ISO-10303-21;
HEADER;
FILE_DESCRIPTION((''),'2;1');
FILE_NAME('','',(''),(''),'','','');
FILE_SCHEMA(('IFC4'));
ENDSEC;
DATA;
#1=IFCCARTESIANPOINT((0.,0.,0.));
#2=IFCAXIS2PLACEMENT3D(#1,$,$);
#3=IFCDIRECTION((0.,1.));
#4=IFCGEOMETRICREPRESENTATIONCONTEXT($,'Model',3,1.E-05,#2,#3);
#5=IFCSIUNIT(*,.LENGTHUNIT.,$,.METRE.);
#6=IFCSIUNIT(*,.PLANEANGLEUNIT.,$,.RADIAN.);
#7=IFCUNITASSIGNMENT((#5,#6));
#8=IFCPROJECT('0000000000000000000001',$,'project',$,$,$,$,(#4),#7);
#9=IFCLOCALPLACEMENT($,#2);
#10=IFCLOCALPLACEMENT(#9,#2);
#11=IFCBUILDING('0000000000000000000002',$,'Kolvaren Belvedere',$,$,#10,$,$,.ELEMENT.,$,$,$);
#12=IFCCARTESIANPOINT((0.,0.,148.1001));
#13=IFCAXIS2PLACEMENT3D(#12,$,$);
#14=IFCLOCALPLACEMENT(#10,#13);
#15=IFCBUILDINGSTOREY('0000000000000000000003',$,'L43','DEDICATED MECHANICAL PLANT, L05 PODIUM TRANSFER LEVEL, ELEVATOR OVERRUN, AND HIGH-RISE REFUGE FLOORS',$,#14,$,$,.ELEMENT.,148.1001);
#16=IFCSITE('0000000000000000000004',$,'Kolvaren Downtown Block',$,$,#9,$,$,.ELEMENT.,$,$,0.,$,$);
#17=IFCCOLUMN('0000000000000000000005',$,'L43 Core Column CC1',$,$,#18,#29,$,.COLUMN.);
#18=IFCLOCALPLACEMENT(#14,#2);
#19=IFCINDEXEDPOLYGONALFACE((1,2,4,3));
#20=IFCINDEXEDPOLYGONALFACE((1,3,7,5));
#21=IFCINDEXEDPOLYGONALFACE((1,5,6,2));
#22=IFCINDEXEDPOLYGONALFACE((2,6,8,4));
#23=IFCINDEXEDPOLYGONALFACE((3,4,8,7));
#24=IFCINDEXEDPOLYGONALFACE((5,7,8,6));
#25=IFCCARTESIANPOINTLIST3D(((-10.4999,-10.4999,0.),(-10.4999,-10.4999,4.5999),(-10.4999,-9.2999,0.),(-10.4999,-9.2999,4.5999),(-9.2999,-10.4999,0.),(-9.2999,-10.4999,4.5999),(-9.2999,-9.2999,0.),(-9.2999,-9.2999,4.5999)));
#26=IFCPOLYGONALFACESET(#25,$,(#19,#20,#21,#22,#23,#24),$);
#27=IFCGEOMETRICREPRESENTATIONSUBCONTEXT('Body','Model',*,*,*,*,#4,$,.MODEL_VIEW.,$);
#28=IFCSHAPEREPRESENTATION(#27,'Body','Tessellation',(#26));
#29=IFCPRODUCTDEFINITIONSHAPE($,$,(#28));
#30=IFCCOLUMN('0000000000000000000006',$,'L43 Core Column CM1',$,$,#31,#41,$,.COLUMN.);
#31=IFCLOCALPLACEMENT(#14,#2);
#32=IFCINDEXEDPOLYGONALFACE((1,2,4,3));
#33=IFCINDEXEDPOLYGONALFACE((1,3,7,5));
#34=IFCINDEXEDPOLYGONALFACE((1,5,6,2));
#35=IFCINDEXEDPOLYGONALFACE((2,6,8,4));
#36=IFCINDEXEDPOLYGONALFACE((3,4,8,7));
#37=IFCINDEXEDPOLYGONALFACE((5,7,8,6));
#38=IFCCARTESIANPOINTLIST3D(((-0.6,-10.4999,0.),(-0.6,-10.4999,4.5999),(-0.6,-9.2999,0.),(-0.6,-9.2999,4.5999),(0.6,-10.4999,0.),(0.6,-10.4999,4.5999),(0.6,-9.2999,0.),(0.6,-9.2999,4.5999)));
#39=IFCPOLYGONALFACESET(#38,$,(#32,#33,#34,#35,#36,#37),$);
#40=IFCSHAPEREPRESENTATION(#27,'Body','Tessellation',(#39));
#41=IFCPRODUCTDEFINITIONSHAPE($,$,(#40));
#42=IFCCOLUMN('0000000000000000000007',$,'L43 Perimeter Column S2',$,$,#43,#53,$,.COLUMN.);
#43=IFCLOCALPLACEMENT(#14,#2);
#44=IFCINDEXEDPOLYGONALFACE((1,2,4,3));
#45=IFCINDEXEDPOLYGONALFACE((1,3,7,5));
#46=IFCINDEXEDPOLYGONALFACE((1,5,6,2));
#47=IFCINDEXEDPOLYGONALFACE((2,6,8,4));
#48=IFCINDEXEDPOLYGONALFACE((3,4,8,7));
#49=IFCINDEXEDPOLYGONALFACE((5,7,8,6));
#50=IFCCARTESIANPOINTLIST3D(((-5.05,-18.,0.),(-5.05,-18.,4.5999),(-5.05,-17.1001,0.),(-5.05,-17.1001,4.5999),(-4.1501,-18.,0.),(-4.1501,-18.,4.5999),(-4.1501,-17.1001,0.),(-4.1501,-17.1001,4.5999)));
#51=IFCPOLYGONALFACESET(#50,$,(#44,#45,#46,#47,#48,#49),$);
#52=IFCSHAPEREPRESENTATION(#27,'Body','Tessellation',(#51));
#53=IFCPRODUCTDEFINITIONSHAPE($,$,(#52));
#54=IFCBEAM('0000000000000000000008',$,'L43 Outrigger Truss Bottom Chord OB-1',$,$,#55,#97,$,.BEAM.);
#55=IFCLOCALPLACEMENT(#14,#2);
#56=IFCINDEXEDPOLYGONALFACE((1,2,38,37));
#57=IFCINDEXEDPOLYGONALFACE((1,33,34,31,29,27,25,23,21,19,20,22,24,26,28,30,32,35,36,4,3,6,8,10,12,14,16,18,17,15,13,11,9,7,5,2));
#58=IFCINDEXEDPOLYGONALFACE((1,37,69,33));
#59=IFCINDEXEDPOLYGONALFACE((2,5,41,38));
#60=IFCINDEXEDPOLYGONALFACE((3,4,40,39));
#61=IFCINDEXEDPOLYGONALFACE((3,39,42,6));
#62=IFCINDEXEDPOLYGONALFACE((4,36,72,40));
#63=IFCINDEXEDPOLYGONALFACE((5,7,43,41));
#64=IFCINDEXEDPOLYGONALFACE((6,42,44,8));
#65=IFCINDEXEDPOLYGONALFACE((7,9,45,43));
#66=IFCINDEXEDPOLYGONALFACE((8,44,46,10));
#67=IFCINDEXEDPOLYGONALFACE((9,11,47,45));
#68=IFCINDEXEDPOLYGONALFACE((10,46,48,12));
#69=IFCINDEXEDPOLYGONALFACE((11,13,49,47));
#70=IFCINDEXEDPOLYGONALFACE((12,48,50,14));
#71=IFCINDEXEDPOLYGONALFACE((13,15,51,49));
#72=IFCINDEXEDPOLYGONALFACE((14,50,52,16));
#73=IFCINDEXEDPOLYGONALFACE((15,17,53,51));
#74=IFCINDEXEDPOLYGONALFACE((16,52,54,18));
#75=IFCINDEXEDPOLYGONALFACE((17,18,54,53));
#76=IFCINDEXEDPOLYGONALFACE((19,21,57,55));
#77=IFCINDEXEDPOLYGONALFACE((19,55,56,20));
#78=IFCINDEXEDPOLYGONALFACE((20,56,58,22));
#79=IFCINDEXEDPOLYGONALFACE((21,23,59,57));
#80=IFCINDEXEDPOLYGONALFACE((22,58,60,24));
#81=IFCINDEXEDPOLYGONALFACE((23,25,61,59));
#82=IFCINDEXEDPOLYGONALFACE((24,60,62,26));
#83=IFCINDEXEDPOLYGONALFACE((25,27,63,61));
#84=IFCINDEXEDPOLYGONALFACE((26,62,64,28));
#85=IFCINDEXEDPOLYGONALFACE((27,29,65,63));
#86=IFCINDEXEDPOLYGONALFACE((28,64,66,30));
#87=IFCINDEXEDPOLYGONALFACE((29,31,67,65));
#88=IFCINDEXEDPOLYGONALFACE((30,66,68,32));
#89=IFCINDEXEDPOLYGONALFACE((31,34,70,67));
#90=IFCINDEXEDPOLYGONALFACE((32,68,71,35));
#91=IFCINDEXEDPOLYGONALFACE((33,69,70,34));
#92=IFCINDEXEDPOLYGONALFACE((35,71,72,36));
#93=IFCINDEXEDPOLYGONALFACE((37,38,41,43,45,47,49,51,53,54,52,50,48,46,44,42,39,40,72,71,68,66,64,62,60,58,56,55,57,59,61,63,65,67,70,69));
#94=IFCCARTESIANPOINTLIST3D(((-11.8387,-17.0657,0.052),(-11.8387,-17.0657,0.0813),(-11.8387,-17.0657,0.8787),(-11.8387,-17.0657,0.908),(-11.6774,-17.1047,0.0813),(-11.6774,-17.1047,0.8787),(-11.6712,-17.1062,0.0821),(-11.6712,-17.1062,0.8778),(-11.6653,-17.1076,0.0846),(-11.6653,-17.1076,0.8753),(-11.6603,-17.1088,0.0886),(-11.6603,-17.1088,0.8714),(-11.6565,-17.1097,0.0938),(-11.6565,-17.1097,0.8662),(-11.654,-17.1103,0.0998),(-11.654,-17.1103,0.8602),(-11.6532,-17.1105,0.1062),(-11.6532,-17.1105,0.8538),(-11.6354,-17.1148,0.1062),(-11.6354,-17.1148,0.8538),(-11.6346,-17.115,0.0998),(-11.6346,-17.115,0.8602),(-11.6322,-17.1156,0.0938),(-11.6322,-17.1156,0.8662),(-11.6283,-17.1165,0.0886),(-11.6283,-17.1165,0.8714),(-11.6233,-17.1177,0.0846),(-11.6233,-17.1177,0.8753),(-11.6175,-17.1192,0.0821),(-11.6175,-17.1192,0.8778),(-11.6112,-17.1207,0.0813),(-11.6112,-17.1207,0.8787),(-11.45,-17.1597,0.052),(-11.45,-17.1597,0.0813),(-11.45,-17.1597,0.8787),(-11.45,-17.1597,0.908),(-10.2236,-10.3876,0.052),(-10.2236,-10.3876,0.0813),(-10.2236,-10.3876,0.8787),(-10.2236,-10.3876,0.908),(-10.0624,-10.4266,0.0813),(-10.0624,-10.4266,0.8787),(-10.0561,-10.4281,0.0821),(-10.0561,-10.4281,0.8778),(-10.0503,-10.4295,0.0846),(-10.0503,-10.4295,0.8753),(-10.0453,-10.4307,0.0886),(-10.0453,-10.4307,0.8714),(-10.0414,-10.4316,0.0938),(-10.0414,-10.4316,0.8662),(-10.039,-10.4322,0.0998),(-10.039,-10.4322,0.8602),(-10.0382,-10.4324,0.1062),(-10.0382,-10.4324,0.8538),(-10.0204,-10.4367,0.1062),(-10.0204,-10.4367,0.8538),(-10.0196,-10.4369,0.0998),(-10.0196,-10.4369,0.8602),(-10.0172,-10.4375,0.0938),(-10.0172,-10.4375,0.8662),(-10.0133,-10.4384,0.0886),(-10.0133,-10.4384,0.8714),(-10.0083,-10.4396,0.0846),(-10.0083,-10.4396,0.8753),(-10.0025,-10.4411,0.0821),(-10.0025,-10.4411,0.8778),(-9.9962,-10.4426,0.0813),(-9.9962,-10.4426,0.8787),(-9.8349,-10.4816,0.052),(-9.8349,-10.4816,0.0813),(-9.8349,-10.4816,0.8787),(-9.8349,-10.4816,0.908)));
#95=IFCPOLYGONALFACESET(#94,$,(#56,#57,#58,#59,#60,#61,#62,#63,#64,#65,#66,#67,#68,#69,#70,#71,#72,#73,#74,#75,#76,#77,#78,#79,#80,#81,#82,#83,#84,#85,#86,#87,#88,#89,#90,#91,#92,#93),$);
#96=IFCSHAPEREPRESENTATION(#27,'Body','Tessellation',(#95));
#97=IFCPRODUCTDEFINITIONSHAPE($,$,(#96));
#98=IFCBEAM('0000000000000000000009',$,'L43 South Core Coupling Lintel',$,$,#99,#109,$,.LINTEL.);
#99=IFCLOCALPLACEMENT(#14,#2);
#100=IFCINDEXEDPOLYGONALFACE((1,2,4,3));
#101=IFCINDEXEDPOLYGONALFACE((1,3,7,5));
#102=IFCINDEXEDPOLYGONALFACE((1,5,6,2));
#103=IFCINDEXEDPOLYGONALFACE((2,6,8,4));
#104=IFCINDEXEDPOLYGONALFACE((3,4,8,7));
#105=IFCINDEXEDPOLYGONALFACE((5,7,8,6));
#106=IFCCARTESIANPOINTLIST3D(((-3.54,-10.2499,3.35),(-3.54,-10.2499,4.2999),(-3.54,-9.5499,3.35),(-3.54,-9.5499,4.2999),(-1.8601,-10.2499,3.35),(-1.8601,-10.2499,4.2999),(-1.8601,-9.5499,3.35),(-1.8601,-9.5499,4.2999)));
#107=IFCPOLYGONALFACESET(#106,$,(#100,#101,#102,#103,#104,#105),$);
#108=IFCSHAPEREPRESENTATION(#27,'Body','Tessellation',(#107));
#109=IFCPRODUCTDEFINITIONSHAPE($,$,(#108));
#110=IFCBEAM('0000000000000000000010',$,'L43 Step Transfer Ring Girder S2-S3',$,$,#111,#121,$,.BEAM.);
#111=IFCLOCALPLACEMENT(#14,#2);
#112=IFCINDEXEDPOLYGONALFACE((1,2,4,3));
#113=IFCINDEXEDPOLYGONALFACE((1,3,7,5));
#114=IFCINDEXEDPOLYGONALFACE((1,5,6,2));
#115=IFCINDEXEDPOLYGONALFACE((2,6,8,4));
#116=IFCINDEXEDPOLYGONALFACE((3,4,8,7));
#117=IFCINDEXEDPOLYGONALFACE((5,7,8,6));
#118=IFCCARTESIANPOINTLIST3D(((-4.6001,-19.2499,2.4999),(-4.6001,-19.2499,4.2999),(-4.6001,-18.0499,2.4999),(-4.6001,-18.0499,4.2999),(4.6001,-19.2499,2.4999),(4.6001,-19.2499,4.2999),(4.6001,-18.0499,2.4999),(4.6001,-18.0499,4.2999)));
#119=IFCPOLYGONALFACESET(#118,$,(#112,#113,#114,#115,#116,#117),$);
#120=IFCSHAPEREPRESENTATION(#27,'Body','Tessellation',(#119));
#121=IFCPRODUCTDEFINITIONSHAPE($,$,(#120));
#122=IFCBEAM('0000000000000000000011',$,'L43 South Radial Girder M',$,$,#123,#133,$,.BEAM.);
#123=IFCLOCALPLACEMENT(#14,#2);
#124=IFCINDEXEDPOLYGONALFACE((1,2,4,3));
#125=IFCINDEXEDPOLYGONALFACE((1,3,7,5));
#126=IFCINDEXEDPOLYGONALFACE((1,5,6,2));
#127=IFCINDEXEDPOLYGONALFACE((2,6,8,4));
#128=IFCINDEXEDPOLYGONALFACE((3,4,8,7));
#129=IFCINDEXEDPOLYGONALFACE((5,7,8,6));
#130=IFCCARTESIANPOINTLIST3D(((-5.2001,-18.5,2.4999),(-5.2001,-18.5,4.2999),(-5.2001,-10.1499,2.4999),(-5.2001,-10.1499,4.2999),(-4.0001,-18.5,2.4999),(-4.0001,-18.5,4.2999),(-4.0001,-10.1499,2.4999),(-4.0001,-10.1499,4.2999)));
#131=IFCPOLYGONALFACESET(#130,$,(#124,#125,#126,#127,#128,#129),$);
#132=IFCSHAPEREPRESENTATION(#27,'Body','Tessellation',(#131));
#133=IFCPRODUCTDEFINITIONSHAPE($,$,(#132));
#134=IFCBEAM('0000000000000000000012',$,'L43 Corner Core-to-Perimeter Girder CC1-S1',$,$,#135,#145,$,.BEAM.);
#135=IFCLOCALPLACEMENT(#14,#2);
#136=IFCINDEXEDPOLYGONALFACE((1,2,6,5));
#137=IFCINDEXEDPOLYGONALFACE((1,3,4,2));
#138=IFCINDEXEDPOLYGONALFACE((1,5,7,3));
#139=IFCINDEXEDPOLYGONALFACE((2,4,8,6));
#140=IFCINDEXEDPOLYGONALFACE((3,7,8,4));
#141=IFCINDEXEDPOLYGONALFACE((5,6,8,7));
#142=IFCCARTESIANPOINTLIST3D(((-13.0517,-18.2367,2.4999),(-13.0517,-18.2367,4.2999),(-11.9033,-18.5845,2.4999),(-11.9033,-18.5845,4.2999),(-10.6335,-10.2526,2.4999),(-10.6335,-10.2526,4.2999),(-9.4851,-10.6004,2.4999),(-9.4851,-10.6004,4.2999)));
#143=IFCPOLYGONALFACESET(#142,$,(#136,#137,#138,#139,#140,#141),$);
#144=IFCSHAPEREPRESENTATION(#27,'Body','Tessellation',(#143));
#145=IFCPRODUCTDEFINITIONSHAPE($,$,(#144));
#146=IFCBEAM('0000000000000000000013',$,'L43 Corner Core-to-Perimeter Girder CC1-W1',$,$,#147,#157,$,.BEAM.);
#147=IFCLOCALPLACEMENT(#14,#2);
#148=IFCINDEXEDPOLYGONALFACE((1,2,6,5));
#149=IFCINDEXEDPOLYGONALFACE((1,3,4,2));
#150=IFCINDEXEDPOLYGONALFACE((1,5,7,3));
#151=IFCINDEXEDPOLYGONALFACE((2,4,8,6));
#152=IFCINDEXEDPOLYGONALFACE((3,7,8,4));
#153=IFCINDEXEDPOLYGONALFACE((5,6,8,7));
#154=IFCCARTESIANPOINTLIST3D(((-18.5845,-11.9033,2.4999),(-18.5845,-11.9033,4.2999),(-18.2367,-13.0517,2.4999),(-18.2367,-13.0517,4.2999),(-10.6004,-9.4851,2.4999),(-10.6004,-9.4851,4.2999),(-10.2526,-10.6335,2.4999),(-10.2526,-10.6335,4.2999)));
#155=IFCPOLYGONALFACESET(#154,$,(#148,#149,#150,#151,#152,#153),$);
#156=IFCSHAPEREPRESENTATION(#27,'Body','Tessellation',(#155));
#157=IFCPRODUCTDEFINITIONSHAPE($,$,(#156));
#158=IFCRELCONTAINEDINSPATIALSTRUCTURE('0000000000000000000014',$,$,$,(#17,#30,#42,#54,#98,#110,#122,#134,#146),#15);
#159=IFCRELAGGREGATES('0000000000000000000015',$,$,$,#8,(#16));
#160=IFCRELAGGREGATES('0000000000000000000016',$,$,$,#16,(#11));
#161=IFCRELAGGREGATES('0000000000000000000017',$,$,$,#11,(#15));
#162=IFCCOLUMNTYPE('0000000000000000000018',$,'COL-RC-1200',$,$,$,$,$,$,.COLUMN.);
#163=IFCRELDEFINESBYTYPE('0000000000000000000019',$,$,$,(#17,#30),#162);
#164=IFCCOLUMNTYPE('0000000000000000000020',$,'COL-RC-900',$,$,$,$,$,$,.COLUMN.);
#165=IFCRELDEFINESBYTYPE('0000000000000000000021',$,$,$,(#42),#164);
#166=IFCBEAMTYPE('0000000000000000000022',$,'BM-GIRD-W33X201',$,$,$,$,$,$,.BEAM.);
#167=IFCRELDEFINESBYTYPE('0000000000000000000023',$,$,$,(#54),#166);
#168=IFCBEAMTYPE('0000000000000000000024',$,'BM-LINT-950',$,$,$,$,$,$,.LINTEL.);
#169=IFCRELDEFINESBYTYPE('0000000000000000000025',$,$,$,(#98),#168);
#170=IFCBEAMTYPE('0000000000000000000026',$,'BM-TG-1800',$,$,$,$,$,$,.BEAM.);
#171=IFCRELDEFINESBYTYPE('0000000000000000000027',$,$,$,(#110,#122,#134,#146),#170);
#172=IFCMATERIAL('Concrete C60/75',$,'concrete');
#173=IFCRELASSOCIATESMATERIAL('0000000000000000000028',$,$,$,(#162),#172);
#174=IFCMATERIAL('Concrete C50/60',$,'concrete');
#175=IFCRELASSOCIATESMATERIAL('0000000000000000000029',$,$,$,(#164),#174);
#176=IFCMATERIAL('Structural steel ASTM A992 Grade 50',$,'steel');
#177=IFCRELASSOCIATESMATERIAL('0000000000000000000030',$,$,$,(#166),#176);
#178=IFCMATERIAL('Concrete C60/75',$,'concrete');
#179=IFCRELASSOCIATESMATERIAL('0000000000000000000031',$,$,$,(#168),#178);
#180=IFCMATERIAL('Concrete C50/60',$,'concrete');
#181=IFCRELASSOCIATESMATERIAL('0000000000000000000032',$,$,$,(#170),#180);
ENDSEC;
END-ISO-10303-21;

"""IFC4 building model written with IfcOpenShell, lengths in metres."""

from ifc_helpers import new_model, si_unit, direction, frame, origin, origin_2d, place, context, subcontext, project, spatial, rectangle, i_section, extrude, material, material_profile, profile_set, type_object, element, save


model = new_model("IFC4")

# Units and contexts
model_context = context("Model", 3, precision=1e-05, world=origin(), true_north=direction((0.0, 1.0)))
body_context = subcontext(model_context, "Body", "Model", "MODEL_VIEW")
ifc_project = project(units=[si_unit("LENGTHUNIT", "METRE"), si_unit("PLANEANGLEUNIT", "RADIAN")], contexts=[model_context])

# Site, building, storey
site_placement = place(None, origin())
site = spatial("IfcSite", under=ifc_project, at=site_placement, Name="Kolvaren Downtown Block", CompositionType="ELEMENT", RefElevation=0.0)
building_placement = place(site_placement, origin())
building = spatial("IfcBuilding", under=site, at=building_placement, Name="Kolvaren Belvedere", CompositionType="ELEMENT")
storey_placement = place(building_placement, frame((0.0, 0.0, 148.1001)))
storey = spatial("IfcBuildingStorey", under=building, at=storey_placement, Name="L43", Description="DEDICATED MECHANICAL PLANT, L05 PODIUM TRANSFER LEVEL, ELEVATOR OVERRUN, AND HIGH-RISE REFUGE FLOORS", CompositionType="ELEMENT", Elevation=148.1001)

# Columns
ifc_material_1 = material(Name="Concrete C60/75", Category="concrete")
ifc_material_profile_1 = material_profile(ifc_material_1, rectangle(XDim=1.2, YDim=1.2, at=origin_2d()), Name="RC 1200X1200")
ifc_profile_set_1 = profile_set([ifc_material_profile_1], Name="Concrete C60/75")
column_type_1 = type_object("IfcColumnType", Name="COL-RC-1200", PredefinedType="COLUMN", material=ifc_profile_set_1)
for number, where, z_axis, x_axis, name in (
    (1, (-9.8999, -9.8999, 0.0), (0.0, 0.0, 1.0), (1.0, 0.0, 0.0), "L43 Core Column CC1"),
    (2, (0.0, -9.8999, 0.0), (0.0, 0.0, 1.0), (1.0, 0.0, 0.0), "L43 Core Column CM1"),
):
    element("IfcColumn", number, at=place(storey_placement, frame(where, z_axis=z_axis, x_axis=x_axis)), inside=storey, type_object=column_type_1, Name=name, PredefinedType="COLUMN", context=body_context, shape_type="SweptSolid", body=[
        extrude(rectangle(XDim=1.2, YDim=1.2, at=origin_2d()), origin(), (0.0, 0.0, 1.0), 4.5999),
    ])
ifc_material_2 = material(Name="Concrete C50/60", Category="concrete")
ifc_material_profile_2 = material_profile(ifc_material_2, rectangle(XDim=0.8999, YDim=0.8999, at=origin_2d()), Name="RC 900X900")
ifc_profile_set_2 = profile_set([ifc_material_profile_2], Name="Concrete C50/60")
column_type_2 = type_object("IfcColumnType", Name="COL-RC-900", PredefinedType="COLUMN", material=ifc_profile_set_2)
column_placement = place(storey_placement, frame((-4.6001, -17.55, 0.0), z_axis=(0.0, 0.0, 1.0), x_axis=(1.0, 0.0, 0.0)))
element("IfcColumn", 3, at=column_placement, inside=storey, type_object=column_type_2, Name="L43 Perimeter Column S2", PredefinedType="COLUMN", context=body_context, shape_type="SweptSolid", body=[
    extrude(rectangle(XDim=0.8999, YDim=0.8999, at=origin_2d()), origin(), (0.0, 0.0, 1.0), 4.5999),
])

# Beams
ifc_material_3 = material(Name="Structural steel ASTM A992 Grade 50", Category="steel")
ifc_material_profile_3 = material_profile(ifc_material_3, i_section(OverallWidth=0.3999, OverallDepth=0.856, WebThickness=0.0183, FlangeThickness=0.0293, FilletRadius=0.0249, at=origin_2d()), Name="W33X201")
ifc_profile_set_3 = profile_set([ifc_material_profile_3], Name="Structural steel ASTM A992 Grade 50")
beam_type_1 = type_object("IfcBeamType", Name="BM-GIRD-W33X201", PredefinedType="BEAM", material=ifc_profile_set_3)
beam_1_placement = place(storey_placement, frame((-10.0293, -10.4346, 0.48), z_axis=(-0.235062, -0.97198, 0.0), x_axis=(0.97198, -0.235062, 0.0)))
element("IfcBeam", 4, at=beam_1_placement, inside=storey, type_object=beam_type_1, Name="L43 Outrigger Truss Bottom Chord OB-1", PredefinedType="BEAM", context=body_context, shape_type="SweptSolid", body=[
    extrude(i_section(OverallWidth=0.3999, OverallDepth=0.856, WebThickness=0.0183, FlangeThickness=0.0293, FilletRadius=0.0249, at=origin_2d()), origin(), (0.0, 0.0, 1.0), 6.8706),
])
ifc_material_4 = material(Name="Concrete C60/75", Category="concrete")
ifc_material_profile_4 = material_profile(ifc_material_4, rectangle(XDim=0.7, YDim=0.95, at=origin_2d()), Name="RC 700X950")
ifc_profile_set_4 = profile_set([ifc_material_profile_4], Name="Concrete C60/75")
beam_type_2 = type_object("IfcBeamType", Name="BM-LINT-950", PredefinedType="LINTEL", material=ifc_profile_set_4)
beam_2_placement = place(storey_placement, frame((-3.54, -9.8999, 3.825), z_axis=(1.0, 0.0, 0.0), x_axis=(0.0, 1.0, 0.0)))
element("IfcBeam", 5, at=beam_2_placement, inside=storey, type_object=beam_type_2, Name="L43 South Core Coupling Lintel", PredefinedType="LINTEL", context=body_context, shape_type="SweptSolid", body=[
    extrude(rectangle(XDim=0.7, YDim=0.95, at=origin_2d()), origin(), (0.0, 0.0, 1.0), 1.6799),
])
ifc_material_5 = material(Name="Concrete C50/60", Category="concrete")
ifc_material_profile_5 = material_profile(ifc_material_5, rectangle(XDim=1.2, YDim=1.8, at=origin_2d()), Name="RC 1200X1800")
ifc_profile_set_5 = profile_set([ifc_material_profile_5], Name="Concrete C50/60")
beam_type_3 = type_object("IfcBeamType", Name="BM-TG-1800", PredefinedType="BEAM", material=ifc_profile_set_5)
beam_3_placement = place(storey_placement, frame((-4.6001, -18.6499, 3.3999), z_axis=(1.0, 0.0, 0.0), x_axis=(0.0, 1.0, 0.0)))
element("IfcBeam", 6, at=beam_3_placement, inside=storey, type_object=beam_type_3, Name="L43 Step Transfer Ring Girder S2-S3", PredefinedType="BEAM", context=body_context, shape_type="SweptSolid", body=[
    extrude(rectangle(XDim=1.2, YDim=1.8, at=origin_2d()), origin(), (0.0, 0.0, 1.0), 9.2002),
])
beam_4_placement = place(storey_placement, frame((-4.6001, -10.1499, 3.3999), z_axis=(0.0, -1.0, 0.0), x_axis=(1.0, 0.0, 0.0)))
element("IfcBeam", 7, at=beam_4_placement, inside=storey, type_object=beam_type_3, Name="L43 South Radial Girder M", PredefinedType="BEAM", context=body_context, shape_type="SweptSolid", body=[
    extrude(rectangle(XDim=1.2, YDim=1.8, at=origin_2d()), origin(), (0.0, 0.0, 1.0), 8.3501),
])
for number, where, z_axis, x_axis, name in (
    (8, (-10.0593, -10.4265, 3.3999), (-0.289873, -0.957065, 0.0), (0.957065, -0.289873, 0.0), "L43 Corner Core-to-Perimeter Girder CC1-S1"),
    (9, (-10.4265, -10.0593, 3.3999), (-0.957065, -0.289873, 0.0), (0.289873, -0.957065, 0.0), "L43 Corner Core-to-Perimeter Girder CC1-W1"),
):
    element("IfcBeam", number, at=place(storey_placement, frame(where, z_axis=z_axis, x_axis=x_axis)), inside=storey, type_object=beam_type_3, Name=name, PredefinedType="BEAM", context=body_context, shape_type="SweptSolid", body=[
        extrude(rectangle(XDim=1.2, YDim=1.8, at=origin_2d()), origin(), (0.0, 0.0, 1.0), 8.3423),
    ])

save(model, "model.ifc")
